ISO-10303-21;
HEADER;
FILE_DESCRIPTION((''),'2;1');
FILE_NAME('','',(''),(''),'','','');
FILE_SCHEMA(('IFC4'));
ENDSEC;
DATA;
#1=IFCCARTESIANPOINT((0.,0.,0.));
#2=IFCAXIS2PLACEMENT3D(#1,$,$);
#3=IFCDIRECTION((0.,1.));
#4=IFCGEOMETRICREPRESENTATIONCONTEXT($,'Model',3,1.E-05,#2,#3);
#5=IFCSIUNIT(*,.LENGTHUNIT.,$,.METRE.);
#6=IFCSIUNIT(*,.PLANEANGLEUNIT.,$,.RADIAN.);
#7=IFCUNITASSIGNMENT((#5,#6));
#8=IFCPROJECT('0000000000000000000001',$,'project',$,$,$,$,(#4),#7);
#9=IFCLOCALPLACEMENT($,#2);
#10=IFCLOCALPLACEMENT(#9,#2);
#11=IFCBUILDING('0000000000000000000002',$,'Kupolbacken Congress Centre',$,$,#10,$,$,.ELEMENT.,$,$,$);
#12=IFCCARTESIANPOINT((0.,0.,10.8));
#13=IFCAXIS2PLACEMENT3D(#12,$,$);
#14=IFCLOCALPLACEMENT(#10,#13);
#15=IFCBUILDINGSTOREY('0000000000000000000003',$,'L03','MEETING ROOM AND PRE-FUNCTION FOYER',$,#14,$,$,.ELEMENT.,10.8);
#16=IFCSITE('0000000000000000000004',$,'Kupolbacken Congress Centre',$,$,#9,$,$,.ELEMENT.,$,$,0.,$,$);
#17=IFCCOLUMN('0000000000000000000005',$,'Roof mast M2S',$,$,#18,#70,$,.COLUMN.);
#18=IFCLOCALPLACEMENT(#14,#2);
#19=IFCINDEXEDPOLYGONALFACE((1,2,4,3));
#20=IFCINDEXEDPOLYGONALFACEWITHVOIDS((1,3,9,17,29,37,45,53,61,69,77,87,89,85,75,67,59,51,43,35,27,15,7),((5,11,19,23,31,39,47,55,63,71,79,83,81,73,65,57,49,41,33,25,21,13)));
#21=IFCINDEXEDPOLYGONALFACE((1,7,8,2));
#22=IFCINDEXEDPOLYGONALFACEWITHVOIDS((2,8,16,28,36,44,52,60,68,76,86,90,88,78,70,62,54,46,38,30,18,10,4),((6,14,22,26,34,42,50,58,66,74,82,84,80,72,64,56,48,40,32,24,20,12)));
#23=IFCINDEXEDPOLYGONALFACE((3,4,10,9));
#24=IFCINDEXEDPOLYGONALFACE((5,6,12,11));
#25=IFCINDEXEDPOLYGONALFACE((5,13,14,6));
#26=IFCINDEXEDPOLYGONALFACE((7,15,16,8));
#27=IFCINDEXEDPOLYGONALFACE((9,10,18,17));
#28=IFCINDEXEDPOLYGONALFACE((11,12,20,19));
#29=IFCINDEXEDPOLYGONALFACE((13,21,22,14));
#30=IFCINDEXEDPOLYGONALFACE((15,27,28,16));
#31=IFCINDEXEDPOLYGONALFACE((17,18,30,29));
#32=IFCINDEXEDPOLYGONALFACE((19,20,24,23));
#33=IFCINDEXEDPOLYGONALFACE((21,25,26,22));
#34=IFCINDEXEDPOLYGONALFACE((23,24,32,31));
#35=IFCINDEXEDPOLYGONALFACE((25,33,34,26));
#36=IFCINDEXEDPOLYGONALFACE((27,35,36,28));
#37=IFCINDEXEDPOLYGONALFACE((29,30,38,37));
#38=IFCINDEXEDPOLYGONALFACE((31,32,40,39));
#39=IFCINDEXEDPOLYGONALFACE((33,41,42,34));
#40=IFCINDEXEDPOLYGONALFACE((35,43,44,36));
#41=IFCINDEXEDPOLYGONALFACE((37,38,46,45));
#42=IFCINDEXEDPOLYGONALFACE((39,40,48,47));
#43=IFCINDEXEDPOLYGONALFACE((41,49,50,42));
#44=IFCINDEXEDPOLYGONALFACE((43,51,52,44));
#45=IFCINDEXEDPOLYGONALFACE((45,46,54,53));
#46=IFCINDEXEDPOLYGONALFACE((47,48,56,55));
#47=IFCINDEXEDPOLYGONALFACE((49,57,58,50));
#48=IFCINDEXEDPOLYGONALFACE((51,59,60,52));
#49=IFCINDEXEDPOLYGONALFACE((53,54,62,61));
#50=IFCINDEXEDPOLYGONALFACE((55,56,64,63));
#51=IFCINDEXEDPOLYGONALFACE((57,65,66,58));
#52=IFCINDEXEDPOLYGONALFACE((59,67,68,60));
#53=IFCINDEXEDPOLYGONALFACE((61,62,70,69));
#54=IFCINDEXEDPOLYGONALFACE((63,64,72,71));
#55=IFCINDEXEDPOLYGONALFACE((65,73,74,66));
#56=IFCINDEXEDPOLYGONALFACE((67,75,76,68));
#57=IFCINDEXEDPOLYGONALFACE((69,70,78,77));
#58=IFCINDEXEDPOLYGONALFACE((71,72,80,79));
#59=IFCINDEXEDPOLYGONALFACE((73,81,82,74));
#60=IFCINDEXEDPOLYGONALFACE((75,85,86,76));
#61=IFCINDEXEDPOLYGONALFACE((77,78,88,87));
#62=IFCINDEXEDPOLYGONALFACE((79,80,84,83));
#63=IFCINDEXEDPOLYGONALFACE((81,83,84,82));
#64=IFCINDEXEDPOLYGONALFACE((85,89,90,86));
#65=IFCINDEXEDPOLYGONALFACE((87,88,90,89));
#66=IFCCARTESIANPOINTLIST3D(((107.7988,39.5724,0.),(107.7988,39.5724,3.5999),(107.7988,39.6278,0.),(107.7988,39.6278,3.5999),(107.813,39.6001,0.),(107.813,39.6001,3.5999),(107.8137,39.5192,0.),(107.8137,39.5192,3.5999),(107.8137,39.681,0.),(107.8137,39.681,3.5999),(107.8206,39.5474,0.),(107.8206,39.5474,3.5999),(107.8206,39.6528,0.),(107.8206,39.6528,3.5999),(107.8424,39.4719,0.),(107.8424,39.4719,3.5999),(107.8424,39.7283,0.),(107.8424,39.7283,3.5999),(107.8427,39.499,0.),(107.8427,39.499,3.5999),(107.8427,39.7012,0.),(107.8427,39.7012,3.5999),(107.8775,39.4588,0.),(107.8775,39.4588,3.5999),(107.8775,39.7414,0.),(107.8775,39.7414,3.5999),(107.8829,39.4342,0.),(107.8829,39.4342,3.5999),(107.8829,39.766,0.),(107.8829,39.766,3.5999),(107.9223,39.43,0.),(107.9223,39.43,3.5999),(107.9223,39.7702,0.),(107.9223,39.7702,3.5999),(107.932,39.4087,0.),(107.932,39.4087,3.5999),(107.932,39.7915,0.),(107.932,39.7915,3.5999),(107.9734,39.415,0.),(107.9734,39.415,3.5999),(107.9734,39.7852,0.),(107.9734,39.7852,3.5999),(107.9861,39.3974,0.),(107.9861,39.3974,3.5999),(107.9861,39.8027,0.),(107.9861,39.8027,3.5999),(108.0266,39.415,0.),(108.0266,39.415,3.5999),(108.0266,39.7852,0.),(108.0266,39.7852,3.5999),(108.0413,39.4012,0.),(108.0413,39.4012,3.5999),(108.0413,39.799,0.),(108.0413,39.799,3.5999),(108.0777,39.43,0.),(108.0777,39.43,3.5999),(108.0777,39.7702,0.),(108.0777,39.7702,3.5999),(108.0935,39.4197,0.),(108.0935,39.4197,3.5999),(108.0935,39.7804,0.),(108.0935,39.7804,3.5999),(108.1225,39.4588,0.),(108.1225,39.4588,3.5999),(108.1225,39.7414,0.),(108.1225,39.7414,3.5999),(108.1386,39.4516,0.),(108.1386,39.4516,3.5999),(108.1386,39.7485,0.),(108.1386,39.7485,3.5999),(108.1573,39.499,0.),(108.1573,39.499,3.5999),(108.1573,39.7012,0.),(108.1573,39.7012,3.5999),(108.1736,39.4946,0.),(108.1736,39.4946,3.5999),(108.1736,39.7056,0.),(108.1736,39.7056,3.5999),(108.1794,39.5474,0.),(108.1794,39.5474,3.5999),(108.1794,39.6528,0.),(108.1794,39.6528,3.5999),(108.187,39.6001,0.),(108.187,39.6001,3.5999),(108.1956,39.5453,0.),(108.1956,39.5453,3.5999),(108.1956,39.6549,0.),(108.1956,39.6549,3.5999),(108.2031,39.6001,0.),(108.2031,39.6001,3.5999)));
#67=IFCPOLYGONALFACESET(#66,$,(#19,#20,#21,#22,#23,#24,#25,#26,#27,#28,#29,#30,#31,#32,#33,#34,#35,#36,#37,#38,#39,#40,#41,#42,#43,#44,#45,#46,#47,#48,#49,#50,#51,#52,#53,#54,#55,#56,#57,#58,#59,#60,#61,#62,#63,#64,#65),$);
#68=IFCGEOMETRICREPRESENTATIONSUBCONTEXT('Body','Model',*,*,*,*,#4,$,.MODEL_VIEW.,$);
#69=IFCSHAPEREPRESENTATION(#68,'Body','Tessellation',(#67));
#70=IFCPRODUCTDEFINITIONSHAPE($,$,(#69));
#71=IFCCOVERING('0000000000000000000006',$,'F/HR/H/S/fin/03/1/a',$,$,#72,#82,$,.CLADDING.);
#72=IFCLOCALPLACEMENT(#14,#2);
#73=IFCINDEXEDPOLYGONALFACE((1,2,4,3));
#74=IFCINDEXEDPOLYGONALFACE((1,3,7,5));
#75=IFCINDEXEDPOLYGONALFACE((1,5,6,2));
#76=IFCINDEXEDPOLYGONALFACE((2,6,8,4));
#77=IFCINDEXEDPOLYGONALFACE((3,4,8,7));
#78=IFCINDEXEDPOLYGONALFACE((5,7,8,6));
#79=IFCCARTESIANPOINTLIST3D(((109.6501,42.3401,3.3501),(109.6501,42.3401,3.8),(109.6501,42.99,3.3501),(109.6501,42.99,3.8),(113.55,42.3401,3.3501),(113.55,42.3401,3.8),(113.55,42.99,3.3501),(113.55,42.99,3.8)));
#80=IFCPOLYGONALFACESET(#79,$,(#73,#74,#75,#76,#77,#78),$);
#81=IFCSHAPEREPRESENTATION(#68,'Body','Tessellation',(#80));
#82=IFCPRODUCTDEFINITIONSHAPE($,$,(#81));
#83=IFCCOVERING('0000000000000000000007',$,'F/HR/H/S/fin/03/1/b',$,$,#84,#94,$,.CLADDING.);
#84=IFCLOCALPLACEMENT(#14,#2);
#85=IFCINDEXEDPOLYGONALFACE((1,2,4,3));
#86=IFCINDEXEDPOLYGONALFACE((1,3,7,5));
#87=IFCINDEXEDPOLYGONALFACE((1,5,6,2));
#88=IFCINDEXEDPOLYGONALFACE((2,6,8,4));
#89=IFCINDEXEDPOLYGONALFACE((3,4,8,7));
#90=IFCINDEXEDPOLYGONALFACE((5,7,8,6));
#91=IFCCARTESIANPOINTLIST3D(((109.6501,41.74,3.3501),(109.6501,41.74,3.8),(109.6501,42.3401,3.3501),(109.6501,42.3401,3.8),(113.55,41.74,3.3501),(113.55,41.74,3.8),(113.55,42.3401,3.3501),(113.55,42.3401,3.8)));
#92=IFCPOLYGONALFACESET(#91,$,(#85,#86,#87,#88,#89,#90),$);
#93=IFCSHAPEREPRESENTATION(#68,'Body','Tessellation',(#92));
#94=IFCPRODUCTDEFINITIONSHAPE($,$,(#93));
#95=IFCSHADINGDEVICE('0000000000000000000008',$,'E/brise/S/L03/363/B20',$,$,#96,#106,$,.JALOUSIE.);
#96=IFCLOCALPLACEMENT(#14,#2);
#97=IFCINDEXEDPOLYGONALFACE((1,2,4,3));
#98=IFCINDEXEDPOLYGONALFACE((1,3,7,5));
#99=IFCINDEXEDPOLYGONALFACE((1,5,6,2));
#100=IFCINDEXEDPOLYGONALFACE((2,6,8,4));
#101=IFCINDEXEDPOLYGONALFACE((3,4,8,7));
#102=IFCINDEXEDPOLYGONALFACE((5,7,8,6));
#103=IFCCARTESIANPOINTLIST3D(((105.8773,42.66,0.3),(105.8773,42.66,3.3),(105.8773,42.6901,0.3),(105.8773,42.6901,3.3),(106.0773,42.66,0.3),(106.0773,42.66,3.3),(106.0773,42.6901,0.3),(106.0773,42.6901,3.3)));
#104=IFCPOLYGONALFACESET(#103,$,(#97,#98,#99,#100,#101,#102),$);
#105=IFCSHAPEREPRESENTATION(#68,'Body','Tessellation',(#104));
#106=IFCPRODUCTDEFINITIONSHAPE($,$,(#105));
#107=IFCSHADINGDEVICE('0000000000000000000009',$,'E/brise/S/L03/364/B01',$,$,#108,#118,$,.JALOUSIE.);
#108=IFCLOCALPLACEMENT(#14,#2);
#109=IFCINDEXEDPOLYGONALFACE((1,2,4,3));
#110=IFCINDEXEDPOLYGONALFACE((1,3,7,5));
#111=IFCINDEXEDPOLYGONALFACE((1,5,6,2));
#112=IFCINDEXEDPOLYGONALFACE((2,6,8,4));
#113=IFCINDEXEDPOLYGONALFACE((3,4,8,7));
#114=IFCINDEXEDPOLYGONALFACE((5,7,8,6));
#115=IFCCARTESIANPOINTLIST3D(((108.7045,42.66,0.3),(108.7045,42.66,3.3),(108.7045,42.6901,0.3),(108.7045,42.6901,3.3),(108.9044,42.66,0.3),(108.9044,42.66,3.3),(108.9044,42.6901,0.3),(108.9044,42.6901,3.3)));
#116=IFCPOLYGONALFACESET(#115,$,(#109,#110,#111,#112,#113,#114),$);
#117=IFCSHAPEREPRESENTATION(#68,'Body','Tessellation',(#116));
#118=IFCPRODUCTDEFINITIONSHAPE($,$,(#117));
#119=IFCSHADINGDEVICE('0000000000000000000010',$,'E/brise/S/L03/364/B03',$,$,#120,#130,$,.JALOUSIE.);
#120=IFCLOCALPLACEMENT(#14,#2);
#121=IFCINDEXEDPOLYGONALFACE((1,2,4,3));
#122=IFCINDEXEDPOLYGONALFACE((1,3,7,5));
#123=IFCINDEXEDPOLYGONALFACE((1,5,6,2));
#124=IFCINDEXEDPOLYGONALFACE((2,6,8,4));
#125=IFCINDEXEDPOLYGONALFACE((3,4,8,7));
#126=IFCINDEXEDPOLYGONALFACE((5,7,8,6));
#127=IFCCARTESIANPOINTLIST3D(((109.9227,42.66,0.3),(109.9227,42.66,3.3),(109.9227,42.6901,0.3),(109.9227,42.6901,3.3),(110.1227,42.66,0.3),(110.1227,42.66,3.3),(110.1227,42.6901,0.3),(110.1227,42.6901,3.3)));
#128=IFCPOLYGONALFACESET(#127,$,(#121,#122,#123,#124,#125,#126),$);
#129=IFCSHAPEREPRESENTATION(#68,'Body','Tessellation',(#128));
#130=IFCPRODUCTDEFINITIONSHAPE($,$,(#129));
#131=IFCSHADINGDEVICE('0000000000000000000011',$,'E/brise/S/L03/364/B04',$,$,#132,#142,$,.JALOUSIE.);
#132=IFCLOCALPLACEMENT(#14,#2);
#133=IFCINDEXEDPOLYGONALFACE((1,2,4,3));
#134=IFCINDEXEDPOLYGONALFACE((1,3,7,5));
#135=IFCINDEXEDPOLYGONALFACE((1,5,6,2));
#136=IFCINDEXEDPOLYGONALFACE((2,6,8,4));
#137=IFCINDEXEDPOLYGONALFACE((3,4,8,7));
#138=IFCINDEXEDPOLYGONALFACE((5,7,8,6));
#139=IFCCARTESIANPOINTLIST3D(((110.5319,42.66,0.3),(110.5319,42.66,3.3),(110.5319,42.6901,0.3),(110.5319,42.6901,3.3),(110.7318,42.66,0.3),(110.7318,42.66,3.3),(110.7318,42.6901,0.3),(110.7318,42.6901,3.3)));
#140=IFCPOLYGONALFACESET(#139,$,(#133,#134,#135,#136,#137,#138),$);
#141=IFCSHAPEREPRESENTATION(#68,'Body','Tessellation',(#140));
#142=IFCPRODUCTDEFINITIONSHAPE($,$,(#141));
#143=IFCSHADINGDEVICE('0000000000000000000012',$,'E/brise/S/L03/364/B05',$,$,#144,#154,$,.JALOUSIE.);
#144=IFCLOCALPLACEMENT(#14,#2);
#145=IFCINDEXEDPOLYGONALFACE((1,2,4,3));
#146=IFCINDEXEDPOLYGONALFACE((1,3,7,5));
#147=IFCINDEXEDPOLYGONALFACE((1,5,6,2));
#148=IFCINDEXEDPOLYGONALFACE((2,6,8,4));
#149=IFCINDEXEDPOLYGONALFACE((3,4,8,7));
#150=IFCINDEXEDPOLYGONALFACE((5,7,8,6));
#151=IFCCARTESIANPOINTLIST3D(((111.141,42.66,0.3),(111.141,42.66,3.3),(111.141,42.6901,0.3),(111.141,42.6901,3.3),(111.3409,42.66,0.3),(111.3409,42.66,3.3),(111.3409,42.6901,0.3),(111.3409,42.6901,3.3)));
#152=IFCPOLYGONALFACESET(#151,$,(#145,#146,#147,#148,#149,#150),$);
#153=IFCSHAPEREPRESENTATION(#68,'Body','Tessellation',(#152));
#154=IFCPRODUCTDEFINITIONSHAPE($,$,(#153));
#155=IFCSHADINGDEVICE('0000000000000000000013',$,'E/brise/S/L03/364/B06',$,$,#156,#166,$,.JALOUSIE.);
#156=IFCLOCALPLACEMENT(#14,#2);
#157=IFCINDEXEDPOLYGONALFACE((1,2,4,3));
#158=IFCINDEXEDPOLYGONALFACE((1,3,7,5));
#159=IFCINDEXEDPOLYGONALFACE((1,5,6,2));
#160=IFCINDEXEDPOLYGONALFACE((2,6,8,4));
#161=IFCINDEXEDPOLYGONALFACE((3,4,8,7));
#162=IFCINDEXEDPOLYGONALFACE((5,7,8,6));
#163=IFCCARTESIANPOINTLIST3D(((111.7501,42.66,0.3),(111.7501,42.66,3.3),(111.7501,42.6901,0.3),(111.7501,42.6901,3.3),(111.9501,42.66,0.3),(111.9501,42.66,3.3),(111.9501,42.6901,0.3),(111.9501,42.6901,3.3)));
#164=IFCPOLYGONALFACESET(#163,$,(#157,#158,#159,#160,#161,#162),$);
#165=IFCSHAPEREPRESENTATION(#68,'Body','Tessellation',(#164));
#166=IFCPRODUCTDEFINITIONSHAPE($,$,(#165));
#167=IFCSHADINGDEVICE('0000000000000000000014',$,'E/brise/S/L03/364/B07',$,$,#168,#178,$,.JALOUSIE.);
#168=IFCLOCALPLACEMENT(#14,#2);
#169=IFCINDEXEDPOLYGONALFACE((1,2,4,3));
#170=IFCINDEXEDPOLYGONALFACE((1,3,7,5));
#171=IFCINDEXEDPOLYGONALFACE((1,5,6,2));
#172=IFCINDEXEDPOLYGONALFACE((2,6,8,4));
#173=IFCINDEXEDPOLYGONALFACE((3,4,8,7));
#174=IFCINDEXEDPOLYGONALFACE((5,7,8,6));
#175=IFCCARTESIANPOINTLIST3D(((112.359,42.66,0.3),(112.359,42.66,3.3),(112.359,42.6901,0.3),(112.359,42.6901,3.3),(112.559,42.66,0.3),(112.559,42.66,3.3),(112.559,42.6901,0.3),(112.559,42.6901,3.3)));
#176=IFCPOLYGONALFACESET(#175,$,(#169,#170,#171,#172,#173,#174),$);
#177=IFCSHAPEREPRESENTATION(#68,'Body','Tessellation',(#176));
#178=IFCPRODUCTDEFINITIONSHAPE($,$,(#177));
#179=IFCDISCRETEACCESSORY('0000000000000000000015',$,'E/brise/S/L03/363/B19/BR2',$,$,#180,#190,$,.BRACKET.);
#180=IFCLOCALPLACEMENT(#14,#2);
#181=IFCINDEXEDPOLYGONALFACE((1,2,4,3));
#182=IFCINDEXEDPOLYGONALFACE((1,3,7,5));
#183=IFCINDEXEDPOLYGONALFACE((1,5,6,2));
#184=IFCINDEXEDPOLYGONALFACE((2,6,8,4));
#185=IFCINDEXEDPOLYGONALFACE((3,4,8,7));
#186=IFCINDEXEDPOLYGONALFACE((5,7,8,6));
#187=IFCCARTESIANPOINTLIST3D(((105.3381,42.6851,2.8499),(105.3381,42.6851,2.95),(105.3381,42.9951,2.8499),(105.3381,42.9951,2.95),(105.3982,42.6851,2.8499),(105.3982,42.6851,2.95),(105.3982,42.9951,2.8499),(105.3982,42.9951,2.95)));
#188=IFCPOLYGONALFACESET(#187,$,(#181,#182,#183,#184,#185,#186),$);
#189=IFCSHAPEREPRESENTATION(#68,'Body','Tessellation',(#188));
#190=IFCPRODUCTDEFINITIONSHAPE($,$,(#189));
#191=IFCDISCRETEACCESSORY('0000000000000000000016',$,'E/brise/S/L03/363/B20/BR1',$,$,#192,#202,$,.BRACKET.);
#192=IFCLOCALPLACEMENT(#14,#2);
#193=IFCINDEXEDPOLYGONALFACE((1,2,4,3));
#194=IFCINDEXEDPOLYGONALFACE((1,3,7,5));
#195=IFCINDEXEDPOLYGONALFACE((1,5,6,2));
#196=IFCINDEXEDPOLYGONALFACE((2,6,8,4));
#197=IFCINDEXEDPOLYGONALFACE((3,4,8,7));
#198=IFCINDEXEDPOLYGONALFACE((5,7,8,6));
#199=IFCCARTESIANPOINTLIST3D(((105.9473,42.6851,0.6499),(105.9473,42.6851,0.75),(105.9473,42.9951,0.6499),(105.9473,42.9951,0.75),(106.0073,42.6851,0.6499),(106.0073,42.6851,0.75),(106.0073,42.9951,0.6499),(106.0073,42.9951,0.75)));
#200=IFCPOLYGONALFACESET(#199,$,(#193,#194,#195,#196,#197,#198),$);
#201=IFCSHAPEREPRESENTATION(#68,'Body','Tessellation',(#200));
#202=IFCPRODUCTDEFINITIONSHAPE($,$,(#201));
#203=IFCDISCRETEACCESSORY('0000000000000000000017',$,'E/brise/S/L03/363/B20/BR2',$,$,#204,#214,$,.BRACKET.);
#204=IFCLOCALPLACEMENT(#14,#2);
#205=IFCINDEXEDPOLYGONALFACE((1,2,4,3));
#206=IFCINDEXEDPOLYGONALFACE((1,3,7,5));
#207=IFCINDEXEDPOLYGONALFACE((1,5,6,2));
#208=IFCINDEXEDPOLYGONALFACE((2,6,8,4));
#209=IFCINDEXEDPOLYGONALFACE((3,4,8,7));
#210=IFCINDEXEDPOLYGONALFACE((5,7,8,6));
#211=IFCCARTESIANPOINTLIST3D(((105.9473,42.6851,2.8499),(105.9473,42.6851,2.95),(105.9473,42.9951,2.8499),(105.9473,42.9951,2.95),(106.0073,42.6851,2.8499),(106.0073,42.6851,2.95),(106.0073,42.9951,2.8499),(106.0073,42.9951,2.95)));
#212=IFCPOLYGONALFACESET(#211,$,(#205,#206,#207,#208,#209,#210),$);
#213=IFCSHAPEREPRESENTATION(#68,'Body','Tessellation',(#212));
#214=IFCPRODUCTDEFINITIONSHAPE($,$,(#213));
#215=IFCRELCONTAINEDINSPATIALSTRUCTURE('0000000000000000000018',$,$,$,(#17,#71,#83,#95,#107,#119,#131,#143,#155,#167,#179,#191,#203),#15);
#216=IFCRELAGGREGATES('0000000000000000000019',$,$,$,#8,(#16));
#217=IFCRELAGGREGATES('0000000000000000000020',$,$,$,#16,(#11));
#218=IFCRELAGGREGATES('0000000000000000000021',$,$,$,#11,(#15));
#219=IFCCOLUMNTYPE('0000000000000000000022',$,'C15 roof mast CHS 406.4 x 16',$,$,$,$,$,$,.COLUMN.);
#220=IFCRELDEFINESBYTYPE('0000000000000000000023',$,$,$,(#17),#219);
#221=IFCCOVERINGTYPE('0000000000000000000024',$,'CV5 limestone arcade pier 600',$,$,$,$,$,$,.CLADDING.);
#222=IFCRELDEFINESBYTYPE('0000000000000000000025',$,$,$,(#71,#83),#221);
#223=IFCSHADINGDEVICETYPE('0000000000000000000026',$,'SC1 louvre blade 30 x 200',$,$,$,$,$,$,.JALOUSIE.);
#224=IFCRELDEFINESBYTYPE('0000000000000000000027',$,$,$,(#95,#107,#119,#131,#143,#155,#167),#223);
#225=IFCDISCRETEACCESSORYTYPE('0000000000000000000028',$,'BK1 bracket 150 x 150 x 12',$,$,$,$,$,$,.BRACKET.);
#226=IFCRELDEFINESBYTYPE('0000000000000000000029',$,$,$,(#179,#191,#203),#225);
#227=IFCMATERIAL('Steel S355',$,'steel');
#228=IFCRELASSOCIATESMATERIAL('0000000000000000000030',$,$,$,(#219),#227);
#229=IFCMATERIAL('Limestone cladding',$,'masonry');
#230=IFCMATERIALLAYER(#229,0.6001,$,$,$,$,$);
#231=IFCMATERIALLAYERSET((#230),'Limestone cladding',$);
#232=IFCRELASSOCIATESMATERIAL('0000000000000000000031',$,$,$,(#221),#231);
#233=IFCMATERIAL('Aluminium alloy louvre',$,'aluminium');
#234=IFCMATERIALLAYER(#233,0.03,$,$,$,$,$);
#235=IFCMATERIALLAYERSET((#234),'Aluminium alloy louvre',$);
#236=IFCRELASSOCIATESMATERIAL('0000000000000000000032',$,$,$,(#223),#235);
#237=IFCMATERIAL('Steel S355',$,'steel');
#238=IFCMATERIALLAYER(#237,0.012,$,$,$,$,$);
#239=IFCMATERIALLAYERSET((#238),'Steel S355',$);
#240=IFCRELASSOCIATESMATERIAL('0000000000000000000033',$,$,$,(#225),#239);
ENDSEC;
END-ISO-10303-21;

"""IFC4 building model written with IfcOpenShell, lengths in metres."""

from ifc_helpers import new_model, si_unit, direction, frame, origin, origin_2d, place, context, subcontext, project, spatial, rectangle, hollow_circle, extrude, material, layer, layer_set, material_profile, profile_set, type_object, element, save


model = new_model("IFC4")

# Units and contexts
model_context = context("Model", 3, precision=1e-05, world=origin(), true_north=direction((0.0, 1.0)))
body_context = subcontext(model_context, "Body", "Model", "MODEL_VIEW")
ifc_project = project(units=[si_unit("LENGTHUNIT", "METRE"), si_unit("PLANEANGLEUNIT", "RADIAN")], contexts=[model_context])

# Site, building, storey
site_placement = place(None, origin())
site = spatial("IfcSite", under=ifc_project, at=site_placement, Name="Kupolbacken Congress Centre", CompositionType="ELEMENT", RefElevation=0.0)
building_placement = place(site_placement, origin())
building = spatial("IfcBuilding", under=site, at=building_placement, Name="Kupolbacken Congress Centre", CompositionType="ELEMENT")
storey_placement = place(building_placement, frame((0.0, 0.0, 10.8)))
storey = spatial("IfcBuildingStorey", under=building, at=storey_placement, Name="L03", Description="MEETING ROOM AND PRE-FUNCTION FOYER", CompositionType="ELEMENT", Elevation=10.8)

# Column
ifc_material_1 = material(Name="Steel S355", Category="steel")
ifc_material_profile = material_profile(ifc_material_1, hollow_circle(Radius=0.2031, WallThickness=0.0161, at=origin_2d()), Name="CHS 406.4 x 16")
ifc_profile_set = profile_set([ifc_material_profile], Name="Steel S355")
column_type = type_object("IfcColumnType", Name="C15 roof mast CHS 406.4 x 16", PredefinedType="COLUMN", material=ifc_profile_set)
column_placement = place(storey_placement, frame((108.0, 39.6001, 0.0), z_axis=(0.0, 0.0, 1.0), x_axis=(1.0, 0.0, 0.0)))
element("IfcColumn", 1, at=column_placement, inside=storey, type_object=column_type, Name="Roof mast M2S", PredefinedType="COLUMN", context=body_context, shape_type="SweptSolid", body=[
    extrude(hollow_circle(Radius=0.2031, WallThickness=0.0161, at=origin_2d()), origin(), (0.0, 0.0, 1.0), 3.5999),
])

# Coverings
ifc_material_2 = material(Name="Limestone cladding", Category="masonry")
ifc_layer_1 = layer(ifc_material_2, 0.6001)
ifc_layer_set_1 = layer_set([ifc_layer_1], Name="Limestone cladding")
covering_type = type_object("IfcCoveringType", Name="CV5 limestone arcade pier 600", PredefinedType="CLADDING", material=ifc_layer_set_1)
covering_1_placement = place(storey_placement, frame((111.6001, 42.665, 3.3501), z_axis=(0.0, 0.0, 1.0), x_axis=(1.0, 0.0, 0.0)))
element("IfcCovering", 2, at=covering_1_placement, inside=storey, type_object=covering_type, Name="F/HR/H/S/fin/03/1/a", PredefinedType="CLADDING", context=body_context, shape_type="SweptSolid", body=[
    extrude(rectangle(XDim=3.8999, YDim=0.6499, at=origin_2d()), origin(), (0.0, 0.0, 1.0), 0.45),
])
covering_2_placement = place(storey_placement, frame((111.6001, 42.04, 3.3501), z_axis=(0.0, 0.0, 1.0), x_axis=(1.0, 0.0, 0.0)))
element("IfcCovering", 3, at=covering_2_placement, inside=storey, type_object=covering_type, Name="F/HR/H/S/fin/03/1/b", PredefinedType="CLADDING", context=body_context, shape_type="SweptSolid", body=[
    extrude(rectangle(XDim=3.8999, YDim=0.6001, at=origin_2d()), origin(), (0.0, 0.0, 1.0), 0.45),
])

# Shading devices
ifc_material_3 = material(Name="Aluminium alloy louvre", Category="aluminium")
ifc_layer_2 = layer(ifc_material_3, 0.03)
ifc_layer_set_2 = layer_set([ifc_layer_2], Name="Aluminium alloy louvre")
shading_device_type = type_object("IfcShadingDeviceType", Name="SC1 louvre blade 30 x 200", PredefinedType="JALOUSIE", material=ifc_layer_set_2)
for number, where, z_axis, x_axis, name in (
    (4, (105.9773, 42.675, 0.3), (0.0, 0.0, 1.0), (1.0, 0.0, 0.0), "E/brise/S/L03/363/B20"),
    (5, (108.8044, 42.675, 0.3), (0.0, 0.0, 1.0), (1.0, 0.0, 0.0), "E/brise/S/L03/364/B01"),
    (6, (110.0227, 42.675, 0.3), (0.0, 0.0, 1.0), (1.0, 0.0, 0.0), "E/brise/S/L03/364/B03"),
    (7, (110.6318, 42.675, 0.3), (0.0, 0.0, 1.0), (1.0, 0.0, 0.0), "E/brise/S/L03/364/B04"),
    (8, (111.241, 42.675, 0.3), (0.0, 0.0, 1.0), (1.0, 0.0, 0.0), "E/brise/S/L03/364/B05"),
    (9, (111.8501, 42.675, 0.3), (0.0, 0.0, 1.0), (1.0, 0.0, 0.0), "E/brise/S/L03/364/B06"),
    (10, (112.459, 42.675, 0.3), (0.0, 0.0, 1.0), (1.0, 0.0, 0.0), "E/brise/S/L03/364/B07"),
):
    element("IfcShadingDevice", number, at=place(storey_placement, frame(where, z_axis=z_axis, x_axis=x_axis)), inside=storey, type_object=shading_device_type, Name=name, PredefinedType="JALOUSIE", context=body_context, shape_type="SweptSolid", body=[
        extrude(rectangle(XDim=0.2, YDim=0.03, at=origin_2d()), origin(), (0.0, 0.0, 1.0), 3.0),
    ])

# Discrete accessories
ifc_material_4 = material(Name="Steel S355", Category="steel")
ifc_layer_3 = layer(ifc_material_4, 0.012)
ifc_layer_set_3 = layer_set([ifc_layer_3], Name="Steel S355")
discrete_accessory_type = type_object("IfcDiscreteAccessoryType", Name="BK1 bracket 150 x 150 x 12", PredefinedType="BRACKET", material=ifc_layer_set_3)
for number, where, z_axis, x_axis, name in (
    (11, (105.3682, 42.8401, 2.8499), (0.0, 0.0, 1.0), (1.0, 0.0, 0.0), "E/brise/S/L03/363/B19/BR2"),
    (12, (105.9773, 42.8401, 0.6499), (0.0, 0.0, 1.0), (1.0, 0.0, 0.0), "E/brise/S/L03/363/B20/BR1"),
    (13, (105.9773, 42.8401, 2.8499), (0.0, 0.0, 1.0), (1.0, 0.0, 0.0), "E/brise/S/L03/363/B20/BR2"),
):
    element("IfcDiscreteAccessory", number, at=place(storey_placement, frame(where, z_axis=z_axis, x_axis=x_axis)), inside=storey, type_object=discrete_accessory_type, Name=name, PredefinedType="BRACKET", context=body_context, shape_type="SweptSolid", body=[
        extrude(rectangle(XDim=0.0601, YDim=0.3101, at=origin_2d()), origin(), (0.0, 0.0, 1.0), 0.1001),
    ])

save(model, "model.ifc")
